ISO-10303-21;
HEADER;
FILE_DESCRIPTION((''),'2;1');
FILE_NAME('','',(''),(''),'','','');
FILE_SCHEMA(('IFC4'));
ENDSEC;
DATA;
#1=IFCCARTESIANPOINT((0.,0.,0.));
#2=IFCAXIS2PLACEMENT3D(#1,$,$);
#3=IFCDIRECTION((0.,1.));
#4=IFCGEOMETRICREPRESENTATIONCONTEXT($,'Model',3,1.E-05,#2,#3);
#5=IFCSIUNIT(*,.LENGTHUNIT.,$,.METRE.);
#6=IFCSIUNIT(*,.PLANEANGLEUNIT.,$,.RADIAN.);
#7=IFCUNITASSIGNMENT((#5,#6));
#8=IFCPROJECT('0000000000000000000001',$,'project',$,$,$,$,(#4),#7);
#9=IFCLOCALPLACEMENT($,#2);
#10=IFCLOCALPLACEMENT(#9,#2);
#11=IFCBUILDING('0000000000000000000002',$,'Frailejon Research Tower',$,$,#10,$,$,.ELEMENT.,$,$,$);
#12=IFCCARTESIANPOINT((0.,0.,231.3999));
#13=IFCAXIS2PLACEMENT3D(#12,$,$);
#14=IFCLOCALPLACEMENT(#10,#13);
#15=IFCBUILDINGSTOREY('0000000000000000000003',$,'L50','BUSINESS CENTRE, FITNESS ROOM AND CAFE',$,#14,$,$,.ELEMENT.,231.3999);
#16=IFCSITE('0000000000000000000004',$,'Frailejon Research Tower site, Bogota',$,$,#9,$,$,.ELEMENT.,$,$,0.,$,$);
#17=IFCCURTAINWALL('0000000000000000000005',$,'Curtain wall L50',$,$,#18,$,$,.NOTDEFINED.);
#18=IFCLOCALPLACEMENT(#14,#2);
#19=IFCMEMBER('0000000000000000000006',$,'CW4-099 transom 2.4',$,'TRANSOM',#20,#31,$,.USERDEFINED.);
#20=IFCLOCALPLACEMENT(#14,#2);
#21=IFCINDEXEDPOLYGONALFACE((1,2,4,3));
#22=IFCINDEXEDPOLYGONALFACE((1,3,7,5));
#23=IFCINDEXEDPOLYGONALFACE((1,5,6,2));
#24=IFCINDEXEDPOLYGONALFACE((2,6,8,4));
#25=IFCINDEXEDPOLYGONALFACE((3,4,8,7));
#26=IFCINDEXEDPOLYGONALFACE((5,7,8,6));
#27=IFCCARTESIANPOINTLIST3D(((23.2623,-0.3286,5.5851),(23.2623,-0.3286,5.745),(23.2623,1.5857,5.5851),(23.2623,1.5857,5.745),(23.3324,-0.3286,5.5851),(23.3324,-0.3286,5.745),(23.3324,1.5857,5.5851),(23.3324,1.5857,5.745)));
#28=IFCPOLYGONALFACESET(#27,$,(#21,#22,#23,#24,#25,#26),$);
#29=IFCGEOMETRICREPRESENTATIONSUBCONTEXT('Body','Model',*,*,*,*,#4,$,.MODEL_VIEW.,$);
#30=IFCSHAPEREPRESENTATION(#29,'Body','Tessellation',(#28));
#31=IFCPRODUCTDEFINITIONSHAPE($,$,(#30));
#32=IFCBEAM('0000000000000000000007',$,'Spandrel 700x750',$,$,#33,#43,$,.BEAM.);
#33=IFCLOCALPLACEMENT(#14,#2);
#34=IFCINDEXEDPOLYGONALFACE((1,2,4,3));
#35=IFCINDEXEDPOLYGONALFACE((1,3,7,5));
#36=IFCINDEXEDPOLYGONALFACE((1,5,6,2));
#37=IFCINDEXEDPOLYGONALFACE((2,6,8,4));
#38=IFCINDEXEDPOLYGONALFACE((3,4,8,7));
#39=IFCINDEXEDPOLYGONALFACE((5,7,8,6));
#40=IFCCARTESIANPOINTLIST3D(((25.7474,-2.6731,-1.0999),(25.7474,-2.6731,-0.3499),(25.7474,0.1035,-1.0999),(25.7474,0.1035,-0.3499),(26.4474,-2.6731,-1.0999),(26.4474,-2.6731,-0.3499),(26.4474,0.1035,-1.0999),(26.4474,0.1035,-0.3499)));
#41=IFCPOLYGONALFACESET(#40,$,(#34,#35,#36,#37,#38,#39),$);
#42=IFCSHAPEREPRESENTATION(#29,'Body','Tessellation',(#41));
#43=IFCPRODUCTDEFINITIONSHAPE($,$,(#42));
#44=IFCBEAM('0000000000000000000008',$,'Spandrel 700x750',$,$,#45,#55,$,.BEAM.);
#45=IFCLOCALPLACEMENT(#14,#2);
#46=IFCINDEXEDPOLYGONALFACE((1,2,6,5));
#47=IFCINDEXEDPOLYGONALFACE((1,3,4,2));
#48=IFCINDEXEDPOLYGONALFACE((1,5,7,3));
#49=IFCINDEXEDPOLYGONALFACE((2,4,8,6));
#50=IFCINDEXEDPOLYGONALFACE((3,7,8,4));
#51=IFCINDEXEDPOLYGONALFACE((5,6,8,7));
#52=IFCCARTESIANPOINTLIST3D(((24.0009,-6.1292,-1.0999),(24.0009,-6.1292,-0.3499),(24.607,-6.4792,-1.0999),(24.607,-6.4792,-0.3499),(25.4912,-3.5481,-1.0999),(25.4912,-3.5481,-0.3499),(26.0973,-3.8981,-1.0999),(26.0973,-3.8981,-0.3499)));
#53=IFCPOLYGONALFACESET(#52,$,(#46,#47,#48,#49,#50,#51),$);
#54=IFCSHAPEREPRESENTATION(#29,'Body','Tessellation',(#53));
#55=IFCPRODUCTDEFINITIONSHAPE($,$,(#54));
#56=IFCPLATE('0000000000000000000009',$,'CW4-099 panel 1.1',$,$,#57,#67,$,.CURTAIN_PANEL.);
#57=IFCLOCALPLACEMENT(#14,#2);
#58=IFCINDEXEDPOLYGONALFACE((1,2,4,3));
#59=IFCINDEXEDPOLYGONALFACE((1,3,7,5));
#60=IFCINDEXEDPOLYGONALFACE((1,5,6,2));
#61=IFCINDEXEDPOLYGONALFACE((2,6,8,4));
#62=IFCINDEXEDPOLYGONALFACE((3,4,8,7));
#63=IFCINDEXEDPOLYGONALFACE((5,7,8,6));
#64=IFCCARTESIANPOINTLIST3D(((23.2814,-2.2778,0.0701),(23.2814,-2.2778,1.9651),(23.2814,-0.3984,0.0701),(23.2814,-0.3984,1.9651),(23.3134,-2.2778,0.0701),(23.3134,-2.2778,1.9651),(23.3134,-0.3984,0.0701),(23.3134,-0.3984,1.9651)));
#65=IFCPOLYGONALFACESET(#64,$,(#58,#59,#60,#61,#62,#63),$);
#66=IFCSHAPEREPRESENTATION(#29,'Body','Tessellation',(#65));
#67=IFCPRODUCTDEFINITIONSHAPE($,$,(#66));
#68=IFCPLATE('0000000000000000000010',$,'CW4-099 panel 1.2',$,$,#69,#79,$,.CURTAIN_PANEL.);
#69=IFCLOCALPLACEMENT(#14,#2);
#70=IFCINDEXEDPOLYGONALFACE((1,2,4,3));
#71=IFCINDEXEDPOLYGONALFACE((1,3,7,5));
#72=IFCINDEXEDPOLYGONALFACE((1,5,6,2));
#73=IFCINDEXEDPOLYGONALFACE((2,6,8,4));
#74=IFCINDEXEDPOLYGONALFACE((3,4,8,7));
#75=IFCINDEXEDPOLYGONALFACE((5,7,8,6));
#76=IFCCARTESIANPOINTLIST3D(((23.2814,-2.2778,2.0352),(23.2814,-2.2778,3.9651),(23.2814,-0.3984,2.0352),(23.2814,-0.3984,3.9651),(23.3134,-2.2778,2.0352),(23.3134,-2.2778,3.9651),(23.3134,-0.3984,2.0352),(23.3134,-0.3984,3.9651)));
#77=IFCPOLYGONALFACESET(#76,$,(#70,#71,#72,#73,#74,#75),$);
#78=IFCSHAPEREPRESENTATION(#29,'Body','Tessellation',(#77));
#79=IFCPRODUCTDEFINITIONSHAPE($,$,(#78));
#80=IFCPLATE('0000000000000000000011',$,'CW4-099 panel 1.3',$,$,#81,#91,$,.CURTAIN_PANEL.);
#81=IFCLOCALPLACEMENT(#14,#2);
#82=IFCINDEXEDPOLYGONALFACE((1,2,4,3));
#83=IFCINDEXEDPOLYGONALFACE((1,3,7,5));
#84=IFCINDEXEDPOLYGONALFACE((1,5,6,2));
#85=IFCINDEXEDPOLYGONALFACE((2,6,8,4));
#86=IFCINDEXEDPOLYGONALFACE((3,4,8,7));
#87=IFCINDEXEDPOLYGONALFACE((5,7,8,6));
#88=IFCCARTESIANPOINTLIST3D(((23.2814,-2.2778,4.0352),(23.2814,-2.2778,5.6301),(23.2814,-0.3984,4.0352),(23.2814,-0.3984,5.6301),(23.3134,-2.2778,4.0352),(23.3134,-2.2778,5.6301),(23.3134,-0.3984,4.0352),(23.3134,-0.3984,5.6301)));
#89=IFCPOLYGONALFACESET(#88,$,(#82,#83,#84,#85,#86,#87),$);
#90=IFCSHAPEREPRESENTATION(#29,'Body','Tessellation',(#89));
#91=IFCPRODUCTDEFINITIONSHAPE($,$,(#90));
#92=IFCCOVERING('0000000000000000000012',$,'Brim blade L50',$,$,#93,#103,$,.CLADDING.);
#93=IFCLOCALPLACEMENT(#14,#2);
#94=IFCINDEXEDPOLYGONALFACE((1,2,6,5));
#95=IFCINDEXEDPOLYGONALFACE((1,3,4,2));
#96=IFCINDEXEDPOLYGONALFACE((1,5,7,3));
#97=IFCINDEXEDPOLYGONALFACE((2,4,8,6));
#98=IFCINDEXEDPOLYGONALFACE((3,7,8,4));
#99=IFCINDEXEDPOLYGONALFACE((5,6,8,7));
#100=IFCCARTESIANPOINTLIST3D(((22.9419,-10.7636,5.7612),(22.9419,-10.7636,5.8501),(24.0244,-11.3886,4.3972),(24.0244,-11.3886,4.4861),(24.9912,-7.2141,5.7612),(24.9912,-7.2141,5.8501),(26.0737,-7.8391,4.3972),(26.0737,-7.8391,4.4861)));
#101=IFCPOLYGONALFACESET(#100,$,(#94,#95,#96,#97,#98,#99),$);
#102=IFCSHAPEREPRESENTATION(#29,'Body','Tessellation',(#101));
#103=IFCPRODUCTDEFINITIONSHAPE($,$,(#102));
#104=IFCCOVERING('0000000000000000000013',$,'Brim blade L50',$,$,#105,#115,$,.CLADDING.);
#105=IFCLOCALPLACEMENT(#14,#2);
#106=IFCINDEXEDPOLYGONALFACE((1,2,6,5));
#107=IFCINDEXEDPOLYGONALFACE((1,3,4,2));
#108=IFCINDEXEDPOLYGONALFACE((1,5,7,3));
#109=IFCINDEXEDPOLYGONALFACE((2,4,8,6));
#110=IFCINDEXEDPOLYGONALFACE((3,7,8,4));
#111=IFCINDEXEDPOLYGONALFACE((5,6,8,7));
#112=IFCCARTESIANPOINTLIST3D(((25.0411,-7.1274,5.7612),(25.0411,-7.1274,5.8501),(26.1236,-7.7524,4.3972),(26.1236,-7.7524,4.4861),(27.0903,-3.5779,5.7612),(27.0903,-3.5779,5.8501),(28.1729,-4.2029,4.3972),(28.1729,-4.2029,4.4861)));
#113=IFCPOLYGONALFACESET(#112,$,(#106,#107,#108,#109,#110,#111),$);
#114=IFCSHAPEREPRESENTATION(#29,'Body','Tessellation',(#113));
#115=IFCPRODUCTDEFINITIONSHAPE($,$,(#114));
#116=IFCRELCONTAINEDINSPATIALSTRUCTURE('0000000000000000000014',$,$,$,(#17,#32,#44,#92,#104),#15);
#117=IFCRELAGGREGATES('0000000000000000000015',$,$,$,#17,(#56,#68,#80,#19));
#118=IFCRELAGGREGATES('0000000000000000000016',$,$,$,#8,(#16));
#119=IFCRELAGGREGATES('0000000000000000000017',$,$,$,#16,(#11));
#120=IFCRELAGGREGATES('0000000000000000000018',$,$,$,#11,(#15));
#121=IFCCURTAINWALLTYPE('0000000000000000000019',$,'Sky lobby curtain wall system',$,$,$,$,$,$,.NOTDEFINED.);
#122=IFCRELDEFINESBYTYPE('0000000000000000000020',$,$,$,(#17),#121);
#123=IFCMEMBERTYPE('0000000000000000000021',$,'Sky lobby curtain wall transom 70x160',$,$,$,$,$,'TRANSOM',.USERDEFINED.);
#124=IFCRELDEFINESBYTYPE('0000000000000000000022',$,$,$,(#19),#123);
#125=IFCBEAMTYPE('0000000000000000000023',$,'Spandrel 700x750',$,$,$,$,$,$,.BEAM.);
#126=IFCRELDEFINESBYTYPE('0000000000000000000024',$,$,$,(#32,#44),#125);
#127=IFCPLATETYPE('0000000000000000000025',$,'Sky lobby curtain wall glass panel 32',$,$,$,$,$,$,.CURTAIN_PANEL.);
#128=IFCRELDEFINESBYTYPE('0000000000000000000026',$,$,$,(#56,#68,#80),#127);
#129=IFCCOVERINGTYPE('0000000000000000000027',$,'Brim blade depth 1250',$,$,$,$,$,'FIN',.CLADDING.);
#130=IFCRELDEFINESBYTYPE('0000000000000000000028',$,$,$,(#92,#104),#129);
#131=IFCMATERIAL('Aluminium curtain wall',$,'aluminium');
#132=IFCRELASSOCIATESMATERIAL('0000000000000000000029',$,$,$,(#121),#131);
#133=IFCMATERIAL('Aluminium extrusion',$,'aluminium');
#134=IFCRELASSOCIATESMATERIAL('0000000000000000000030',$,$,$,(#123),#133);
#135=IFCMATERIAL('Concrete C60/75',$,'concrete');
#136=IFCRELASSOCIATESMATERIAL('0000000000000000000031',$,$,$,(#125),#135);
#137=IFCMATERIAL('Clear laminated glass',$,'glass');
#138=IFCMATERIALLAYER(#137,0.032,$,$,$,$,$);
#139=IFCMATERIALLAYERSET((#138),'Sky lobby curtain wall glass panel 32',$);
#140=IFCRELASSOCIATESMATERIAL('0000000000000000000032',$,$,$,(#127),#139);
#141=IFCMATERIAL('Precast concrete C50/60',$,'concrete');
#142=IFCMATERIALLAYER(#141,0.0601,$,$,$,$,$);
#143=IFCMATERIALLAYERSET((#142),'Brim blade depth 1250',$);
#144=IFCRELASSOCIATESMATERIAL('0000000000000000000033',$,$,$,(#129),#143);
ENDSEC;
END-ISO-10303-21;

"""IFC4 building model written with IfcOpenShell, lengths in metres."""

from ifc_helpers import new_model, si_unit, direction, frame, origin, origin_2d, place, context, subcontext, project, spatial, polyline, rectangle, outline, extrude, material, layer, layer_set, material_profile, profile_set, type_object, element, aggregate, save


model = new_model("IFC4")

# Units and contexts
model_context = context("Model", 3, precision=1e-05, world=origin(), true_north=direction((0.0, 1.0)))
body_context = subcontext(model_context, "Body", "Model", "MODEL_VIEW")
ifc_project = project(units=[si_unit("LENGTHUNIT", "METRE"), si_unit("PLANEANGLEUNIT", "RADIAN")], contexts=[model_context])

# Site, building, storey
site_placement = place(None, origin())
site = spatial("IfcSite", under=ifc_project, at=site_placement, Name="Frailejon Research Tower site, Bogota", CompositionType="ELEMENT", RefElevation=0.0)
building_placement = place(site_placement, origin())
building = spatial("IfcBuilding", under=site, at=building_placement, Name="Frailejon Research Tower", CompositionType="ELEMENT")
storey_placement = place(building_placement, frame((0.0, 0.0, 231.3999)))
storey = spatial("IfcBuildingStorey", under=building, at=storey_placement, Name="L50", Description="BUSINESS CENTRE, FITNESS ROOM AND CAFE", CompositionType="ELEMENT", Elevation=231.3999)

# Curtain wall
ifc_material_1 = material(Name="Aluminium curtain wall", Category="aluminium")
curtain_wall_type = type_object("IfcCurtainWallType", Name="Sky lobby curtain wall system", PredefinedType="NOTDEFINED", material=ifc_material_1)
curtain_wall_1_placement = place(storey_placement, origin())
curtain_wall_1 = element("IfcCurtainWall", 1, at=curtain_wall_1_placement, inside=storey, type_object=curtain_wall_type, Name="Curtain wall L50", PredefinedType="NOTDEFINED")

# Member
ifc_material_2 = material(Name="Aluminium extrusion", Category="aluminium")
ifc_material_profile_1 = material_profile(ifc_material_2, rectangle(XDim=0.0701, YDim=0.1599, at=origin_2d()), Name="Sky lobby curtain wall transom 70x160")
ifc_profile_set_1 = profile_set([ifc_material_profile_1], Name="Aluminium extrusion")
member_type_1 = type_object("IfcMemberType", Name="Sky lobby curtain wall transom 70x160", ElementType="TRANSOM", PredefinedType="USERDEFINED", material=ifc_profile_set_1)
member_1_placement = place(storey_placement, frame((23.2974, -0.3286, 5.665), z_axis=(0.0, 1.0, 0.0), x_axis=(-1.0, 0.0, 0.0)))
member_1 = element("IfcMember", 2, at=member_1_placement, type_object=member_type_1, Name="CW4-099 transom 2.4", ObjectType="TRANSOM", PredefinedType="USERDEFINED", context=body_context, shape_type="SweptSolid", body=[
    extrude(rectangle(XDim=0.0701, YDim=0.1599, at=origin_2d()), origin(), (0.0, 0.0, 1.0), 1.9143),
])

# Beams
ifc_material_3 = material(Name="Concrete C60/75", Category="concrete")
ifc_material_profile_2 = material_profile(ifc_material_3, rectangle(XDim=0.7, YDim=0.75, at=origin_2d()), Name="Spandrel 700x750")
ifc_profile_set_2 = profile_set([ifc_material_profile_2], Name="Concrete C60/75")
beam_type_1 = type_object("IfcBeamType", Name="Spandrel 700x750", PredefinedType="BEAM", material=ifc_profile_set_2)
beam_1_placement = place(storey_placement, frame((26.0974, -2.6731, -0.7249), z_axis=(0.0, 1.0, 0.0), x_axis=(-1.0, 0.0, 0.0)))
element("IfcBeam", 3, at=beam_1_placement, inside=storey, type_object=beam_type_1, Name="Spandrel 700x750", PredefinedType="BEAM", context=body_context, shape_type="SweptSolid", body=[
    extrude(rectangle(XDim=0.7, YDim=0.75, at=origin_2d()), origin(), (0.0, 0.0, 1.0), 2.7766),
])
beam_2_placement = place(storey_placement, frame((24.304, -6.3042, -0.7249), z_axis=(0.500016, 0.866016, 0.0), x_axis=(-0.866016, 0.500016, 0.0)))
element("IfcBeam", 4, at=beam_2_placement, inside=storey, type_object=beam_type_1, Name="Spandrel 700x750", PredefinedType="BEAM", context=body_context, shape_type="SweptSolid", body=[
    extrude(rectangle(XDim=0.7, YDim=0.75, at=origin_2d()), origin(), (0.0, 0.0, 1.0), 2.9805),
])

# Plates
ifc_material_4 = material(Name="Clear laminated glass", Category="glass")
ifc_layer_1 = layer(ifc_material_4, 0.032)
ifc_layer_set_1 = layer_set([ifc_layer_1], Name="Sky lobby curtain wall glass panel 32")
plate_type = type_object("IfcPlateType", Name="Sky lobby curtain wall glass panel 32", PredefinedType="CURTAIN_PANEL", material=ifc_layer_set_1)
plate_1_placement = place(storey_placement, frame((23.2974, -1.3381, 0.0701), z_axis=(0.0, 0.0, 1.0), x_axis=(0.0, 1.0, 0.0)))
plate_1 = element("IfcPlate", 5, at=plate_1_placement, type_object=plate_type, Name="CW4-099 panel 1.1", PredefinedType="CURTAIN_PANEL", context=body_context, shape_type="SweptSolid", body=[
    extrude(rectangle(XDim=1.8794, YDim=0.032, at=origin_2d()), origin(), (0.0, 0.0, 1.0), 1.895),
])
plate_2_placement = place(storey_placement, frame((23.2974, -1.3381, 2.0352), z_axis=(0.0, 0.0, 1.0), x_axis=(0.0, 1.0, 0.0)))
plate_2 = element("IfcPlate", 6, at=plate_2_placement, type_object=plate_type, Name="CW4-099 panel 1.2", PredefinedType="CURTAIN_PANEL", context=body_context, shape_type="SweptSolid", body=[
    extrude(rectangle(XDim=1.8794, YDim=0.032, at=origin_2d()), origin(), (0.0, 0.0, 1.0), 1.9299),
])
plate_3_placement = place(storey_placement, frame((23.2974, -1.3381, 4.0352), z_axis=(0.0, 0.0, 1.0), x_axis=(0.0, 1.0, 0.0)))
plate_3 = element("IfcPlate", 7, at=plate_3_placement, type_object=plate_type, Name="CW4-099 panel 1.3", PredefinedType="CURTAIN_PANEL", context=body_context, shape_type="SweptSolid", body=[
    extrude(rectangle(XDim=1.8794, YDim=0.032, at=origin_2d()), origin(), (0.0, 0.0, 1.0), 1.595),
])
aggregate(curtain_wall_1, [plate_1, plate_2, plate_3, member_1])

# Coverings
ifc_material_5 = material(Name="Precast concrete C50/60", Category="concrete")
ifc_layer_2 = layer(ifc_material_5, 0.0601)
ifc_layer_set_2 = layer_set([ifc_layer_2], Name="Brim blade depth 1250")
covering_type = type_object("IfcCoveringType", Name="Brim blade depth 1250", ElementType="FIN", PredefinedType="CLADDING", material=ifc_layer_set_2)
for number, where, z_axis, x_axis, name in (
    (8, (24.9912, -7.2141, 5.8501), (-0.499999, -0.866026, 0.0), (0.866026, -0.499999, 0.0), "Brim blade L50"),
    (9, (27.0903, -3.5779, 5.8501), (-0.499989, -0.866032, 0.0), (0.866032, -0.499989, 0.0), "Brim blade L50"),
):
    element("IfcCovering", number, at=place(storey_placement, frame(where, z_axis=z_axis, x_axis=x_axis)), inside=storey, type_object=covering_type, Name=name, PredefinedType="CLADDING", context=body_context, shape_type="SweptSolid", body=[
        extrude(outline(polyline([(0.0, -0.0889), (1.25, -1.4529), (1.25, -1.364), (0.0, 0.0), (0.0, -0.0889)])), origin(), (0.0, 0.0, 1.0), 4.0986),
    ])

save(model, "model.ifc")
